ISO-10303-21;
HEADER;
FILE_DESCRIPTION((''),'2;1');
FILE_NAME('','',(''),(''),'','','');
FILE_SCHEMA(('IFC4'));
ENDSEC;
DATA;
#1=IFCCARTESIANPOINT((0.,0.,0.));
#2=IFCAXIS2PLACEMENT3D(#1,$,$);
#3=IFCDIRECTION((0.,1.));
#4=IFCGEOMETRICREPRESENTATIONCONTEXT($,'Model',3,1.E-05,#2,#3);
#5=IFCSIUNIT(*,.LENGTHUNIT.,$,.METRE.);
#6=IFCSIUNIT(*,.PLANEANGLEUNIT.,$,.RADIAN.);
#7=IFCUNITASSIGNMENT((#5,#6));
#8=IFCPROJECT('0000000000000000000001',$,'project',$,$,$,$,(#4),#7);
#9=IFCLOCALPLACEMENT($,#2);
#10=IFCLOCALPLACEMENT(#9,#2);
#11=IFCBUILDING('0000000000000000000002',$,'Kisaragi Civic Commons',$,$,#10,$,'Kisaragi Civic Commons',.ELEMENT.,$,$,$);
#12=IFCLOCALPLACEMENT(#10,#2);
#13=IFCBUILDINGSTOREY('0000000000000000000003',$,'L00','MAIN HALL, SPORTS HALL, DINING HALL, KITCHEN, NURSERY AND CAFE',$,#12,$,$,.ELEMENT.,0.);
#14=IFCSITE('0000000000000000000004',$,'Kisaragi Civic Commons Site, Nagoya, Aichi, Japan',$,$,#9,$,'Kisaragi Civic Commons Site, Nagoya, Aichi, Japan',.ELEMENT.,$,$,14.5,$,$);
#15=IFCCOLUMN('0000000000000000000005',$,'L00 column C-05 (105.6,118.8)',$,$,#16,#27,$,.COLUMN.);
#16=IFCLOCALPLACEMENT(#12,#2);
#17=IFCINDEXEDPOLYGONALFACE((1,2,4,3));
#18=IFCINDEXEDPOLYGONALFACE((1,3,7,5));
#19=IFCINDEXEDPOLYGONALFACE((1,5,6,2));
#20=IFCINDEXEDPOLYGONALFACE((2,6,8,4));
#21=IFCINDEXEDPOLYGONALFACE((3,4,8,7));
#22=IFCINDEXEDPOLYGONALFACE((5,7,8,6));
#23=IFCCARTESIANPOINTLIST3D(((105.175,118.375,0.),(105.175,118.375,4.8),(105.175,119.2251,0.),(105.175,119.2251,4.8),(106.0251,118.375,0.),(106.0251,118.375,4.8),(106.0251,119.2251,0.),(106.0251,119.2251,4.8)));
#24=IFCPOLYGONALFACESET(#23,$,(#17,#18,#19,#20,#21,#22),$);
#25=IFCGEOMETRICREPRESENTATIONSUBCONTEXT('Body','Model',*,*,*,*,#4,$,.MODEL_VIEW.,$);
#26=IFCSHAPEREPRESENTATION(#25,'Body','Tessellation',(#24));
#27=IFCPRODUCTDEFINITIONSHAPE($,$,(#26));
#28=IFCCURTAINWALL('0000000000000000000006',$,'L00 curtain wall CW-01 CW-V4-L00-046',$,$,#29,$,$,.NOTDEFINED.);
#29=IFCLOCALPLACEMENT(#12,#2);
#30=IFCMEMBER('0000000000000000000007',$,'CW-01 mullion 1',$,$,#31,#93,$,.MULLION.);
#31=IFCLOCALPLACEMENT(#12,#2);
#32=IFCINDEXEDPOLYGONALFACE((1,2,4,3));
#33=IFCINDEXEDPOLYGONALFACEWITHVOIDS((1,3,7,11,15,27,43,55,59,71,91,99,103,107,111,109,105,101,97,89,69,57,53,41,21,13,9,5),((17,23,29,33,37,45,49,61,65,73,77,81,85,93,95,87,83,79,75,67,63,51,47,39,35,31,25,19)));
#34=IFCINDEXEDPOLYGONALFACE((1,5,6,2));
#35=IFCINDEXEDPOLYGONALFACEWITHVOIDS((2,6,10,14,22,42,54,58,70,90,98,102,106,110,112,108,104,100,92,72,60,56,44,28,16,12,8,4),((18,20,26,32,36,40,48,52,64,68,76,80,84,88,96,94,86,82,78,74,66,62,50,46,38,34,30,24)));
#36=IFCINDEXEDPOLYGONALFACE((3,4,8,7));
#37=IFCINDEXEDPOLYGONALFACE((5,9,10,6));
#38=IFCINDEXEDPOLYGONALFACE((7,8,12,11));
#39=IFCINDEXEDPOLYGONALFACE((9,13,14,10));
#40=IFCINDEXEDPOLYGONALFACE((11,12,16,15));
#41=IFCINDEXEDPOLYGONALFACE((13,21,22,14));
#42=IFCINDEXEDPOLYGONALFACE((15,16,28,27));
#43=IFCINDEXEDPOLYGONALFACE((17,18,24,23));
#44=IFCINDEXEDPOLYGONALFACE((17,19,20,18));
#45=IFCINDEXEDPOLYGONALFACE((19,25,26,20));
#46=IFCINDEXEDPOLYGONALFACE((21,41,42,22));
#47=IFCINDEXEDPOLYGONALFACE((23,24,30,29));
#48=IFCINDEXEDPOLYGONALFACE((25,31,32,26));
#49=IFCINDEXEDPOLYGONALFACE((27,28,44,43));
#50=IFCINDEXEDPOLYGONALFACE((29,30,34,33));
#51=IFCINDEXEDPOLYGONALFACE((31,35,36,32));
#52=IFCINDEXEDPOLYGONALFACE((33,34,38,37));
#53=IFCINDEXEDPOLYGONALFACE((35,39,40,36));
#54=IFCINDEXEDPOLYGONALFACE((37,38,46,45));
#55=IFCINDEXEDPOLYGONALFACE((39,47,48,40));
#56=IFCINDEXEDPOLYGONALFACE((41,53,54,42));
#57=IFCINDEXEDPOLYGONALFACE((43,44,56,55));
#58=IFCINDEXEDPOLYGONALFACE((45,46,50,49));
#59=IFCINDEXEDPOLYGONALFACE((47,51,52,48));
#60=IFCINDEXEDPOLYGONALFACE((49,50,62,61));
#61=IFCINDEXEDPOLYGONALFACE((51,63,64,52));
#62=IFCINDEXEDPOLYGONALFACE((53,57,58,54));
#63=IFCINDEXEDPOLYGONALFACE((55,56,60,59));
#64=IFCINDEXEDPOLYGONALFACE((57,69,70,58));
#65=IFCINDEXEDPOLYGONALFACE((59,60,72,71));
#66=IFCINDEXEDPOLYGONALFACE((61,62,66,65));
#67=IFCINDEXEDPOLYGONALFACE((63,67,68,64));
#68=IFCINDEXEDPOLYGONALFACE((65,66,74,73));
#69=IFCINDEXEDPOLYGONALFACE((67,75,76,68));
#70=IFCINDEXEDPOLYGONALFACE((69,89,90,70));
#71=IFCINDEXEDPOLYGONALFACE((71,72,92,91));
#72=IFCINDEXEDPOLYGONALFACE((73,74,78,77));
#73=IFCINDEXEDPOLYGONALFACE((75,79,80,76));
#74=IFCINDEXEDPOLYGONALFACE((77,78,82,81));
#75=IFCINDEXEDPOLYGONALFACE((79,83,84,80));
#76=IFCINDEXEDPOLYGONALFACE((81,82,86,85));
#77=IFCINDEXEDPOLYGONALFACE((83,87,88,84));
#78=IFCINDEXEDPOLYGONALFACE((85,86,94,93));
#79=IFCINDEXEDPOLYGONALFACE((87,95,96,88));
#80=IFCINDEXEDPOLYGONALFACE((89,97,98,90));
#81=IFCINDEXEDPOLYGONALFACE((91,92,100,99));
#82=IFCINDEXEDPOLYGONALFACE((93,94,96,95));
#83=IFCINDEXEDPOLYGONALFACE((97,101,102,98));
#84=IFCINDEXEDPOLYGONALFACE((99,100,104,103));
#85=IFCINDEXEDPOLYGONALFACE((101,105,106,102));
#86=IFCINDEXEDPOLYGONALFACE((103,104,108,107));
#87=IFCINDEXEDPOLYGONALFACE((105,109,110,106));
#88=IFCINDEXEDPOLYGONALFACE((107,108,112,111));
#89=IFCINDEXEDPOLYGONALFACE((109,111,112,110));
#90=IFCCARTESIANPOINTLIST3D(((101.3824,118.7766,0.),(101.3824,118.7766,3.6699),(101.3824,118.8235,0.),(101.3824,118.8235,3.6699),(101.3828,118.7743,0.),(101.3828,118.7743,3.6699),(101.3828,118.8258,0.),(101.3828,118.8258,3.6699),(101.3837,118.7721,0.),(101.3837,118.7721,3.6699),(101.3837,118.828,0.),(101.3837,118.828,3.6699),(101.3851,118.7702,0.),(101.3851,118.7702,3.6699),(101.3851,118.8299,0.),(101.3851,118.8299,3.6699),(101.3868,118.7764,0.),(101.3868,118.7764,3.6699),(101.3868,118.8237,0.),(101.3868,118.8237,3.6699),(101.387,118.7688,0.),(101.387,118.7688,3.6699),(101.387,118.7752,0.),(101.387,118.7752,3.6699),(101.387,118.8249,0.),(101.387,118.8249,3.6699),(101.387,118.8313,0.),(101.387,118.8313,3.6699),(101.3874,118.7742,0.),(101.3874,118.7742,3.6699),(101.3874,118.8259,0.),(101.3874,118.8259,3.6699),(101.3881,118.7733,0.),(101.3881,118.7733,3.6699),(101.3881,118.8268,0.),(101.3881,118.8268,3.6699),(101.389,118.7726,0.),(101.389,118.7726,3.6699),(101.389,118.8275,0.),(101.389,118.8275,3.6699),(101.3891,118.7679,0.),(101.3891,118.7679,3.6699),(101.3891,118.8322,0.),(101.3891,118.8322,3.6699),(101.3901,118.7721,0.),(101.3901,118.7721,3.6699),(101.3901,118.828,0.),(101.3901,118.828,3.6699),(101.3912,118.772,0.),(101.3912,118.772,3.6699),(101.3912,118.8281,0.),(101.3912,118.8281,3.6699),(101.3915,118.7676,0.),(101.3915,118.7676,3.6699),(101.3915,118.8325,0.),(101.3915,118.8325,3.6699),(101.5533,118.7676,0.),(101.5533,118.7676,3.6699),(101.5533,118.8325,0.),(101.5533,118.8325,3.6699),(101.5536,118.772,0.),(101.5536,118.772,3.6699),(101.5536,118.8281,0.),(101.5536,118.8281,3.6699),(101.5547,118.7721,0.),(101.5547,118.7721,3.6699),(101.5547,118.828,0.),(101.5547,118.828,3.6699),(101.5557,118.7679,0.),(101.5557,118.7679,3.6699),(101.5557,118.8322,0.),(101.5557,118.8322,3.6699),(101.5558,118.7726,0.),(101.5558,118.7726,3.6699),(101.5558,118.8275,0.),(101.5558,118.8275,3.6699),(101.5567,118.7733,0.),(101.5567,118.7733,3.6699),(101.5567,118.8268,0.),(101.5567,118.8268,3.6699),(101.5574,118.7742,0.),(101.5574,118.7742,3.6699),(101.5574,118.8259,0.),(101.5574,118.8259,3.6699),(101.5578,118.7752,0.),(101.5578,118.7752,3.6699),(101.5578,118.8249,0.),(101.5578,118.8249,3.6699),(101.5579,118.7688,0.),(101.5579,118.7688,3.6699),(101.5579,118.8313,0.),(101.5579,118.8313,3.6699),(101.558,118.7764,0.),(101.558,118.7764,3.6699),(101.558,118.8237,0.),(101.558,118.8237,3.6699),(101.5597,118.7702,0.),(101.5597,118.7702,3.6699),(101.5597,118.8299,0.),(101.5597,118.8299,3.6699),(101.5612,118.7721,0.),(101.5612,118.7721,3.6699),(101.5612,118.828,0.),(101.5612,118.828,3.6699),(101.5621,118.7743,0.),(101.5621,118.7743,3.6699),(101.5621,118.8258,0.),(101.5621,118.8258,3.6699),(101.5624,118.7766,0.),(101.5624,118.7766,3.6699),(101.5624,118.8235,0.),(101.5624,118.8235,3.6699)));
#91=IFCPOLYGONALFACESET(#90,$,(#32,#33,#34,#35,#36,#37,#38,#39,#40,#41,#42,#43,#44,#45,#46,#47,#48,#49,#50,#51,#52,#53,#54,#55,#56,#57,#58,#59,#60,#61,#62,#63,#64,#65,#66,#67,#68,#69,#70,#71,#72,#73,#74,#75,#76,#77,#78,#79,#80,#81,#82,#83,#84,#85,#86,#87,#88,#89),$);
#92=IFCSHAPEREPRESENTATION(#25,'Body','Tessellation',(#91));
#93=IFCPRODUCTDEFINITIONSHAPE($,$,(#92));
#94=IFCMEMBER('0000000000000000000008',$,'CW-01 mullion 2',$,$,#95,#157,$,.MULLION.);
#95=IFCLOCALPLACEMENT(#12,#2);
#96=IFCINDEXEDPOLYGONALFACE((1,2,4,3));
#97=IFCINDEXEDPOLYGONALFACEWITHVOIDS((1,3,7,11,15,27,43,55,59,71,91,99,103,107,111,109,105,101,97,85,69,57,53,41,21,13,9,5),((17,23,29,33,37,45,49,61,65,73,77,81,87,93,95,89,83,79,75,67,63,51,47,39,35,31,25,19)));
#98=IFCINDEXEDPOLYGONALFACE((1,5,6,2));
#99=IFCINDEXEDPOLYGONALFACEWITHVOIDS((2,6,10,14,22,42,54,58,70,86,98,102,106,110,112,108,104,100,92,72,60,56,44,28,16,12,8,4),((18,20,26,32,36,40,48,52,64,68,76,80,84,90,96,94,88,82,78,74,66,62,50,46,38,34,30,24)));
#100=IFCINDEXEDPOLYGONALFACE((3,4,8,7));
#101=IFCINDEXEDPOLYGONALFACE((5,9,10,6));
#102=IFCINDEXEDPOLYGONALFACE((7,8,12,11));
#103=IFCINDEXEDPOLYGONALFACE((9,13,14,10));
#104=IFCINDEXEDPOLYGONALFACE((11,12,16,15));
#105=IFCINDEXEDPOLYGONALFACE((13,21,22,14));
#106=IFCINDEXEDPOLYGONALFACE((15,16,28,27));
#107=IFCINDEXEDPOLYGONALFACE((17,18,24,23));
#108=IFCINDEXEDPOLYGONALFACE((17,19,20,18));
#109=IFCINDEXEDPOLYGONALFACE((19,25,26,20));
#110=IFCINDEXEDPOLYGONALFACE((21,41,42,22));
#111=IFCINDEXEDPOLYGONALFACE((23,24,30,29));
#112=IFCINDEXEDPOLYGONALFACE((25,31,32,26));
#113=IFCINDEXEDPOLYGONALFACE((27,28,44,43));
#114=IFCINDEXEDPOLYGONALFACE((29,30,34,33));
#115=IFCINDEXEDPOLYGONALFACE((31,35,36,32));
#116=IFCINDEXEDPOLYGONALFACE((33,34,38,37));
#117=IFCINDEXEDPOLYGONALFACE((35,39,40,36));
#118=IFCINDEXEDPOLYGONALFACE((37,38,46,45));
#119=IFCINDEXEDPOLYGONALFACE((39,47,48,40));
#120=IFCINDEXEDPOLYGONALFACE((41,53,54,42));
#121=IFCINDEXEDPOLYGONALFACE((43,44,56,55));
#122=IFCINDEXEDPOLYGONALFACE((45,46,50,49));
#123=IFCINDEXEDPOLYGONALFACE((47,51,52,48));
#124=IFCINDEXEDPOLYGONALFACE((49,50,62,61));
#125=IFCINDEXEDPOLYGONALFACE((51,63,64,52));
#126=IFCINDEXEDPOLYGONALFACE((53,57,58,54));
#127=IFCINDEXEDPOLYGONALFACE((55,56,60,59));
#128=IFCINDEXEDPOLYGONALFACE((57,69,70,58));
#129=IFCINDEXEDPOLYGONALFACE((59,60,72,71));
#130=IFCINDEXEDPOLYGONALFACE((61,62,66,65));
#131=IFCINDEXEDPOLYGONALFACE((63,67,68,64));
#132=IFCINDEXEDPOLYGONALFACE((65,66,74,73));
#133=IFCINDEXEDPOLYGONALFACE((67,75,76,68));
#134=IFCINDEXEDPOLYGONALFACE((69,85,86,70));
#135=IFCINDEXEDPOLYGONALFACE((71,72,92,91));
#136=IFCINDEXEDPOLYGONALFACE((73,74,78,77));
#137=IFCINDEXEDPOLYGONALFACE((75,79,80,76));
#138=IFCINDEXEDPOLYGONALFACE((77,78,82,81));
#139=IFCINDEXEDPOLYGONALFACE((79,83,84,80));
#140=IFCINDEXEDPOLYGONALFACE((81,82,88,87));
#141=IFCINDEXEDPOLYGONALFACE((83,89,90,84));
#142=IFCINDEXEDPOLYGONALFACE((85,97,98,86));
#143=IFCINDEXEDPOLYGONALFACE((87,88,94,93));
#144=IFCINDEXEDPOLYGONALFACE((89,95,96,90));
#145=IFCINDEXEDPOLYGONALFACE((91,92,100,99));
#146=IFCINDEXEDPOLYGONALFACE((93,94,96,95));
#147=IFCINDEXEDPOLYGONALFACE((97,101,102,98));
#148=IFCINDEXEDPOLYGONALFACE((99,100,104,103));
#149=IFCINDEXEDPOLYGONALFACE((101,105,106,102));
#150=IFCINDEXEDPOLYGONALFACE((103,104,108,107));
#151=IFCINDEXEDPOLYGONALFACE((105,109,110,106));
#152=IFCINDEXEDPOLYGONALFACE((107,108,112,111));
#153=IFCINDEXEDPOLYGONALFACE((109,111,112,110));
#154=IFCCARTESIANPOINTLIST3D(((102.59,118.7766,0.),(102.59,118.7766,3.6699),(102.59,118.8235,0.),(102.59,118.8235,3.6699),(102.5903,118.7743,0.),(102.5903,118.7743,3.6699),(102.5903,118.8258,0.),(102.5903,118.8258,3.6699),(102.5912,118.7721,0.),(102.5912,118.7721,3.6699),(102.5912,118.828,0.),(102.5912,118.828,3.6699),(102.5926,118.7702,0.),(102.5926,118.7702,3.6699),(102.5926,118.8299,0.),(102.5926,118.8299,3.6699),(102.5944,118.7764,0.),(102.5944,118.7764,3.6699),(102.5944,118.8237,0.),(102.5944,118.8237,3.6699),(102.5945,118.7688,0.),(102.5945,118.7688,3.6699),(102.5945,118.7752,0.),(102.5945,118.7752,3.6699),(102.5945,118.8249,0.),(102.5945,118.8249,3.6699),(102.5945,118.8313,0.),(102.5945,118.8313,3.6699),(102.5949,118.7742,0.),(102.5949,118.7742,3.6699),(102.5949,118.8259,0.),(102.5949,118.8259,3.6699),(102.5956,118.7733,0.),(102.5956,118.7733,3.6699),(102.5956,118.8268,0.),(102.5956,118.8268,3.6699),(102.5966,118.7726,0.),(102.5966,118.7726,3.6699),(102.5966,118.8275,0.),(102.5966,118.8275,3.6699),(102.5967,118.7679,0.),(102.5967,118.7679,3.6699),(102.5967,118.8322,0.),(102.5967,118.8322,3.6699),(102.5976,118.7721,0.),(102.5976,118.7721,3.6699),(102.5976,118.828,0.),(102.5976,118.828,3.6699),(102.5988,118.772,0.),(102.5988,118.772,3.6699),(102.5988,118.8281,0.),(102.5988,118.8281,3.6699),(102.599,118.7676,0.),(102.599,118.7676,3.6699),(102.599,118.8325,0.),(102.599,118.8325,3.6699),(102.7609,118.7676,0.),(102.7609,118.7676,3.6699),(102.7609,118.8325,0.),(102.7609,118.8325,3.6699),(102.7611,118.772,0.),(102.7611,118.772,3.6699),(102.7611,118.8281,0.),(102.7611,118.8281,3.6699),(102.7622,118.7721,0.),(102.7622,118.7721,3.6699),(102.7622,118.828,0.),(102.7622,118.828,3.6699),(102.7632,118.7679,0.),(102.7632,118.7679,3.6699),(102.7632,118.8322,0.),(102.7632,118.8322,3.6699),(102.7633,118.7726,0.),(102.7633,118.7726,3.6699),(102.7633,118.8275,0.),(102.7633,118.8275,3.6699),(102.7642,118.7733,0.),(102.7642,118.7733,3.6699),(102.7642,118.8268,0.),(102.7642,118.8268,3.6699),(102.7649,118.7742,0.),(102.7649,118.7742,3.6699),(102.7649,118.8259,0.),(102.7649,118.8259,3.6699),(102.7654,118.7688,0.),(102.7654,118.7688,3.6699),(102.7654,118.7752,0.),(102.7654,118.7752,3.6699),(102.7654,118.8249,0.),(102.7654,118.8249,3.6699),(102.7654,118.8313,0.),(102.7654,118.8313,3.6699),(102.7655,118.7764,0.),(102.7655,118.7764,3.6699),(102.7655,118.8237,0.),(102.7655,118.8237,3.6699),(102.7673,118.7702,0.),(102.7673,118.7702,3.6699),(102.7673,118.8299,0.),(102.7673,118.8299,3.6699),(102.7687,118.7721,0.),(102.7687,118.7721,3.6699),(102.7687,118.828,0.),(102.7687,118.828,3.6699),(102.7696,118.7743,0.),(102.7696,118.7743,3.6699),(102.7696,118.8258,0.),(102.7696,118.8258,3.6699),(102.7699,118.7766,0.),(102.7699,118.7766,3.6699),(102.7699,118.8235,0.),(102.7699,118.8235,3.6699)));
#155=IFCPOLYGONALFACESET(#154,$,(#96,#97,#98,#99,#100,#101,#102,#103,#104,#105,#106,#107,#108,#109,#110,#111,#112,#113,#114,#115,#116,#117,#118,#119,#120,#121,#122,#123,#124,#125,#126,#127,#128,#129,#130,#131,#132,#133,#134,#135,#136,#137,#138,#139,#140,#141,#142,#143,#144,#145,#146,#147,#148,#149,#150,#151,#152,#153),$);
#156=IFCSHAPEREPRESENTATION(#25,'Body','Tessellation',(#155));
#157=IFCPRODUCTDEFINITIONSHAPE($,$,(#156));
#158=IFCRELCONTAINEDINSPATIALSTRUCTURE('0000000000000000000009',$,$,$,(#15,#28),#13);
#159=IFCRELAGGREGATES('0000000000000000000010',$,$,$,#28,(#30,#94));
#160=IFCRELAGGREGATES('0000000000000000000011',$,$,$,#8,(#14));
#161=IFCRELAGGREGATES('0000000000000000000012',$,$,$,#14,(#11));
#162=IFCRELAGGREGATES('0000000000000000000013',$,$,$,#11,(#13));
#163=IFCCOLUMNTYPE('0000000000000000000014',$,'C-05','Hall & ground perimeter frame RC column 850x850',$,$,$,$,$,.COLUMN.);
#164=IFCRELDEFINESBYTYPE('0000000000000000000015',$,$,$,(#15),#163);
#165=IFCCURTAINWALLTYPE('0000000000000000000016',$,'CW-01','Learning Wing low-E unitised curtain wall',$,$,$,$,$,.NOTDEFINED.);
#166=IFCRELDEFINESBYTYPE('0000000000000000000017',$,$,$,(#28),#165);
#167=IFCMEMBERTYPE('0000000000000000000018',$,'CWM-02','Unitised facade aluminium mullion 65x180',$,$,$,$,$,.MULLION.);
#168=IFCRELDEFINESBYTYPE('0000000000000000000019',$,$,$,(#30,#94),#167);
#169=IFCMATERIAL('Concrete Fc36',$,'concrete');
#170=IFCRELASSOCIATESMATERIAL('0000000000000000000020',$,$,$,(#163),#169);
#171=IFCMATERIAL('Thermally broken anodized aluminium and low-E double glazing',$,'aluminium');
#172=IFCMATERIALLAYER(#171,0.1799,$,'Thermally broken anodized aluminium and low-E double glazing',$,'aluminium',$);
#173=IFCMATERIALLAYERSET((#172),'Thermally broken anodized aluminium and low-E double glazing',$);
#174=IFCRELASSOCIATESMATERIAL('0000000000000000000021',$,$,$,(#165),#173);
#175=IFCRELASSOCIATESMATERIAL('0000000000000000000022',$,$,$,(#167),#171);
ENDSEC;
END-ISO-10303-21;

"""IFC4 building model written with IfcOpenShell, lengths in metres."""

from ifc_helpers import new_model, si_unit, direction, frame, origin, origin_2d, place, context, subcontext, project, spatial, rectangle, hollow_rectangle, extrude, material, layer, layer_set, material_profile, profile_set, type_object, element, aggregate, save


model = new_model("IFC4")

# Units and contexts
model_context = context("Model", 3, precision=1e-05, world=origin(), true_north=direction((0.0, 1.0)))
body_context = subcontext(model_context, "Body", "Model", "MODEL_VIEW")
ifc_project = project(units=[si_unit("LENGTHUNIT", "METRE"), si_unit("PLANEANGLEUNIT", "RADIAN")], contexts=[model_context])

# Site, building, storey
site_placement = place(None, origin())
site = spatial("IfcSite", under=ifc_project, at=site_placement, Name="Kisaragi Civic Commons Site, Nagoya, Aichi, Japan", LongName="Kisaragi Civic Commons Site, Nagoya, Aichi, Japan", CompositionType="ELEMENT", RefElevation=14.5)
building_placement = place(site_placement, origin())
building = spatial("IfcBuilding", under=site, at=building_placement, Name="Kisaragi Civic Commons", LongName="Kisaragi Civic Commons", CompositionType="ELEMENT")
storey_placement = place(building_placement, origin())
storey = spatial("IfcBuildingStorey", under=building, at=storey_placement, Name="L00", Description="MAIN HALL, SPORTS HALL, DINING HALL, KITCHEN, NURSERY AND CAFE", CompositionType="ELEMENT", Elevation=0.0)

# Column
ifc_material_1 = material(Name="Concrete Fc36", Category="concrete")
ifc_material_profile_1 = material_profile(ifc_material_1, rectangle(XDim=0.8501, YDim=0.8501, at=origin_2d()), Name="RC-850x850", Category="concrete")
ifc_profile_set_1 = profile_set([ifc_material_profile_1], Name="Concrete Fc36")
column_type = type_object("IfcColumnType", Name="C-05", Description="Hall & ground perimeter frame RC column 850x850", PredefinedType="COLUMN", material=ifc_profile_set_1)
column_placement = place(storey_placement, frame((105.6001, 118.8, 0.0), z_axis=(0.0, 0.0, 1.0), x_axis=(1.0, 0.0, 0.0)))
element("IfcColumn", 1, at=column_placement, inside=storey, type_object=column_type, Name="L00 column C-05 (105.6,118.8)", PredefinedType="COLUMN", context=body_context, shape_type="SweptSolid", body=[
    extrude(rectangle(XDim=0.8501, YDim=0.8501, at=origin_2d()), origin(), (0.0, 0.0, 1.0), 4.8),
])

# Curtain wall, members
ifc_material_2 = material(Name="Thermally broken anodized aluminium and low-E double glazing", Category="aluminium")
ifc_layer_1 = layer(ifc_material_2, 0.1799, Name="Thermally broken anodized aluminium and low-E double glazing", Category="aluminium")
ifc_layer_set_1 = layer_set([ifc_layer_1], Name="Thermally broken anodized aluminium and low-E double glazing")
curtain_wall_type = type_object("IfcCurtainWallType", Name="CW-01", Description="Learning Wing low-E unitised curtain wall", PredefinedType="NOTDEFINED", material=ifc_layer_set_1)
curtain_wall_placement = place(storey_placement, origin())
curtain_wall = element("IfcCurtainWall", 2, at=curtain_wall_placement, inside=storey, type_object=curtain_wall_type, Name="L00 curtain wall CW-01 CW-V4-L00-046", PredefinedType="NOTDEFINED")
ifc_material_profile_2 = material_profile(ifc_material_2, hollow_rectangle(XDim=0.0649, YDim=0.1799, WallThickness=0.0044, InnerFilletRadius=0.0044, OuterFilletRadius=0.009, at=origin_2d()), Name="CWM-65x180x4.5", Category="aluminium")
ifc_profile_set_2 = profile_set([ifc_material_profile_2], Name="Thermally broken anodized aluminium and low-E double glazing")
member_type_1 = type_object("IfcMemberType", Name="CWM-02", Description="Unitised facade aluminium mullion 65x180", PredefinedType="MULLION", material=ifc_profile_set_2)
member_1_placement = place(storey_placement, frame((101.4724, 118.8, 0.0), z_axis=(0.0, 0.0, 1.0), x_axis=(0.0, 1.0, 0.0)))
member_1 = element("IfcMember", 3, at=member_1_placement, type_object=member_type_1, Name="CW-01 mullion 1", PredefinedType="MULLION", context=body_context, shape_type="SweptSolid", body=[
    extrude(hollow_rectangle(XDim=0.0649, YDim=0.1799, WallThickness=0.0044, InnerFilletRadius=0.0044, OuterFilletRadius=0.009, at=origin_2d()), origin(), (0.0, 0.0, 1.0), 3.6699),
])
member_2_placement = place(storey_placement, frame((102.6799, 118.8, 0.0), z_axis=(0.0, 0.0, 1.0), x_axis=(0.0, 1.0, 0.0)))
member_2 = element("IfcMember", 4, at=member_2_placement, type_object=member_type_1, Name="CW-01 mullion 2", PredefinedType="MULLION", context=body_context, shape_type="SweptSolid", body=[
    extrude(hollow_rectangle(XDim=0.0649, YDim=0.1799, WallThickness=0.0044, InnerFilletRadius=0.0044, OuterFilletRadius=0.009, at=origin_2d()), origin(), (0.0, 0.0, 1.0), 3.6699),
])
aggregate(curtain_wall, [member_1, member_2])

save(model, "model.ifc")
